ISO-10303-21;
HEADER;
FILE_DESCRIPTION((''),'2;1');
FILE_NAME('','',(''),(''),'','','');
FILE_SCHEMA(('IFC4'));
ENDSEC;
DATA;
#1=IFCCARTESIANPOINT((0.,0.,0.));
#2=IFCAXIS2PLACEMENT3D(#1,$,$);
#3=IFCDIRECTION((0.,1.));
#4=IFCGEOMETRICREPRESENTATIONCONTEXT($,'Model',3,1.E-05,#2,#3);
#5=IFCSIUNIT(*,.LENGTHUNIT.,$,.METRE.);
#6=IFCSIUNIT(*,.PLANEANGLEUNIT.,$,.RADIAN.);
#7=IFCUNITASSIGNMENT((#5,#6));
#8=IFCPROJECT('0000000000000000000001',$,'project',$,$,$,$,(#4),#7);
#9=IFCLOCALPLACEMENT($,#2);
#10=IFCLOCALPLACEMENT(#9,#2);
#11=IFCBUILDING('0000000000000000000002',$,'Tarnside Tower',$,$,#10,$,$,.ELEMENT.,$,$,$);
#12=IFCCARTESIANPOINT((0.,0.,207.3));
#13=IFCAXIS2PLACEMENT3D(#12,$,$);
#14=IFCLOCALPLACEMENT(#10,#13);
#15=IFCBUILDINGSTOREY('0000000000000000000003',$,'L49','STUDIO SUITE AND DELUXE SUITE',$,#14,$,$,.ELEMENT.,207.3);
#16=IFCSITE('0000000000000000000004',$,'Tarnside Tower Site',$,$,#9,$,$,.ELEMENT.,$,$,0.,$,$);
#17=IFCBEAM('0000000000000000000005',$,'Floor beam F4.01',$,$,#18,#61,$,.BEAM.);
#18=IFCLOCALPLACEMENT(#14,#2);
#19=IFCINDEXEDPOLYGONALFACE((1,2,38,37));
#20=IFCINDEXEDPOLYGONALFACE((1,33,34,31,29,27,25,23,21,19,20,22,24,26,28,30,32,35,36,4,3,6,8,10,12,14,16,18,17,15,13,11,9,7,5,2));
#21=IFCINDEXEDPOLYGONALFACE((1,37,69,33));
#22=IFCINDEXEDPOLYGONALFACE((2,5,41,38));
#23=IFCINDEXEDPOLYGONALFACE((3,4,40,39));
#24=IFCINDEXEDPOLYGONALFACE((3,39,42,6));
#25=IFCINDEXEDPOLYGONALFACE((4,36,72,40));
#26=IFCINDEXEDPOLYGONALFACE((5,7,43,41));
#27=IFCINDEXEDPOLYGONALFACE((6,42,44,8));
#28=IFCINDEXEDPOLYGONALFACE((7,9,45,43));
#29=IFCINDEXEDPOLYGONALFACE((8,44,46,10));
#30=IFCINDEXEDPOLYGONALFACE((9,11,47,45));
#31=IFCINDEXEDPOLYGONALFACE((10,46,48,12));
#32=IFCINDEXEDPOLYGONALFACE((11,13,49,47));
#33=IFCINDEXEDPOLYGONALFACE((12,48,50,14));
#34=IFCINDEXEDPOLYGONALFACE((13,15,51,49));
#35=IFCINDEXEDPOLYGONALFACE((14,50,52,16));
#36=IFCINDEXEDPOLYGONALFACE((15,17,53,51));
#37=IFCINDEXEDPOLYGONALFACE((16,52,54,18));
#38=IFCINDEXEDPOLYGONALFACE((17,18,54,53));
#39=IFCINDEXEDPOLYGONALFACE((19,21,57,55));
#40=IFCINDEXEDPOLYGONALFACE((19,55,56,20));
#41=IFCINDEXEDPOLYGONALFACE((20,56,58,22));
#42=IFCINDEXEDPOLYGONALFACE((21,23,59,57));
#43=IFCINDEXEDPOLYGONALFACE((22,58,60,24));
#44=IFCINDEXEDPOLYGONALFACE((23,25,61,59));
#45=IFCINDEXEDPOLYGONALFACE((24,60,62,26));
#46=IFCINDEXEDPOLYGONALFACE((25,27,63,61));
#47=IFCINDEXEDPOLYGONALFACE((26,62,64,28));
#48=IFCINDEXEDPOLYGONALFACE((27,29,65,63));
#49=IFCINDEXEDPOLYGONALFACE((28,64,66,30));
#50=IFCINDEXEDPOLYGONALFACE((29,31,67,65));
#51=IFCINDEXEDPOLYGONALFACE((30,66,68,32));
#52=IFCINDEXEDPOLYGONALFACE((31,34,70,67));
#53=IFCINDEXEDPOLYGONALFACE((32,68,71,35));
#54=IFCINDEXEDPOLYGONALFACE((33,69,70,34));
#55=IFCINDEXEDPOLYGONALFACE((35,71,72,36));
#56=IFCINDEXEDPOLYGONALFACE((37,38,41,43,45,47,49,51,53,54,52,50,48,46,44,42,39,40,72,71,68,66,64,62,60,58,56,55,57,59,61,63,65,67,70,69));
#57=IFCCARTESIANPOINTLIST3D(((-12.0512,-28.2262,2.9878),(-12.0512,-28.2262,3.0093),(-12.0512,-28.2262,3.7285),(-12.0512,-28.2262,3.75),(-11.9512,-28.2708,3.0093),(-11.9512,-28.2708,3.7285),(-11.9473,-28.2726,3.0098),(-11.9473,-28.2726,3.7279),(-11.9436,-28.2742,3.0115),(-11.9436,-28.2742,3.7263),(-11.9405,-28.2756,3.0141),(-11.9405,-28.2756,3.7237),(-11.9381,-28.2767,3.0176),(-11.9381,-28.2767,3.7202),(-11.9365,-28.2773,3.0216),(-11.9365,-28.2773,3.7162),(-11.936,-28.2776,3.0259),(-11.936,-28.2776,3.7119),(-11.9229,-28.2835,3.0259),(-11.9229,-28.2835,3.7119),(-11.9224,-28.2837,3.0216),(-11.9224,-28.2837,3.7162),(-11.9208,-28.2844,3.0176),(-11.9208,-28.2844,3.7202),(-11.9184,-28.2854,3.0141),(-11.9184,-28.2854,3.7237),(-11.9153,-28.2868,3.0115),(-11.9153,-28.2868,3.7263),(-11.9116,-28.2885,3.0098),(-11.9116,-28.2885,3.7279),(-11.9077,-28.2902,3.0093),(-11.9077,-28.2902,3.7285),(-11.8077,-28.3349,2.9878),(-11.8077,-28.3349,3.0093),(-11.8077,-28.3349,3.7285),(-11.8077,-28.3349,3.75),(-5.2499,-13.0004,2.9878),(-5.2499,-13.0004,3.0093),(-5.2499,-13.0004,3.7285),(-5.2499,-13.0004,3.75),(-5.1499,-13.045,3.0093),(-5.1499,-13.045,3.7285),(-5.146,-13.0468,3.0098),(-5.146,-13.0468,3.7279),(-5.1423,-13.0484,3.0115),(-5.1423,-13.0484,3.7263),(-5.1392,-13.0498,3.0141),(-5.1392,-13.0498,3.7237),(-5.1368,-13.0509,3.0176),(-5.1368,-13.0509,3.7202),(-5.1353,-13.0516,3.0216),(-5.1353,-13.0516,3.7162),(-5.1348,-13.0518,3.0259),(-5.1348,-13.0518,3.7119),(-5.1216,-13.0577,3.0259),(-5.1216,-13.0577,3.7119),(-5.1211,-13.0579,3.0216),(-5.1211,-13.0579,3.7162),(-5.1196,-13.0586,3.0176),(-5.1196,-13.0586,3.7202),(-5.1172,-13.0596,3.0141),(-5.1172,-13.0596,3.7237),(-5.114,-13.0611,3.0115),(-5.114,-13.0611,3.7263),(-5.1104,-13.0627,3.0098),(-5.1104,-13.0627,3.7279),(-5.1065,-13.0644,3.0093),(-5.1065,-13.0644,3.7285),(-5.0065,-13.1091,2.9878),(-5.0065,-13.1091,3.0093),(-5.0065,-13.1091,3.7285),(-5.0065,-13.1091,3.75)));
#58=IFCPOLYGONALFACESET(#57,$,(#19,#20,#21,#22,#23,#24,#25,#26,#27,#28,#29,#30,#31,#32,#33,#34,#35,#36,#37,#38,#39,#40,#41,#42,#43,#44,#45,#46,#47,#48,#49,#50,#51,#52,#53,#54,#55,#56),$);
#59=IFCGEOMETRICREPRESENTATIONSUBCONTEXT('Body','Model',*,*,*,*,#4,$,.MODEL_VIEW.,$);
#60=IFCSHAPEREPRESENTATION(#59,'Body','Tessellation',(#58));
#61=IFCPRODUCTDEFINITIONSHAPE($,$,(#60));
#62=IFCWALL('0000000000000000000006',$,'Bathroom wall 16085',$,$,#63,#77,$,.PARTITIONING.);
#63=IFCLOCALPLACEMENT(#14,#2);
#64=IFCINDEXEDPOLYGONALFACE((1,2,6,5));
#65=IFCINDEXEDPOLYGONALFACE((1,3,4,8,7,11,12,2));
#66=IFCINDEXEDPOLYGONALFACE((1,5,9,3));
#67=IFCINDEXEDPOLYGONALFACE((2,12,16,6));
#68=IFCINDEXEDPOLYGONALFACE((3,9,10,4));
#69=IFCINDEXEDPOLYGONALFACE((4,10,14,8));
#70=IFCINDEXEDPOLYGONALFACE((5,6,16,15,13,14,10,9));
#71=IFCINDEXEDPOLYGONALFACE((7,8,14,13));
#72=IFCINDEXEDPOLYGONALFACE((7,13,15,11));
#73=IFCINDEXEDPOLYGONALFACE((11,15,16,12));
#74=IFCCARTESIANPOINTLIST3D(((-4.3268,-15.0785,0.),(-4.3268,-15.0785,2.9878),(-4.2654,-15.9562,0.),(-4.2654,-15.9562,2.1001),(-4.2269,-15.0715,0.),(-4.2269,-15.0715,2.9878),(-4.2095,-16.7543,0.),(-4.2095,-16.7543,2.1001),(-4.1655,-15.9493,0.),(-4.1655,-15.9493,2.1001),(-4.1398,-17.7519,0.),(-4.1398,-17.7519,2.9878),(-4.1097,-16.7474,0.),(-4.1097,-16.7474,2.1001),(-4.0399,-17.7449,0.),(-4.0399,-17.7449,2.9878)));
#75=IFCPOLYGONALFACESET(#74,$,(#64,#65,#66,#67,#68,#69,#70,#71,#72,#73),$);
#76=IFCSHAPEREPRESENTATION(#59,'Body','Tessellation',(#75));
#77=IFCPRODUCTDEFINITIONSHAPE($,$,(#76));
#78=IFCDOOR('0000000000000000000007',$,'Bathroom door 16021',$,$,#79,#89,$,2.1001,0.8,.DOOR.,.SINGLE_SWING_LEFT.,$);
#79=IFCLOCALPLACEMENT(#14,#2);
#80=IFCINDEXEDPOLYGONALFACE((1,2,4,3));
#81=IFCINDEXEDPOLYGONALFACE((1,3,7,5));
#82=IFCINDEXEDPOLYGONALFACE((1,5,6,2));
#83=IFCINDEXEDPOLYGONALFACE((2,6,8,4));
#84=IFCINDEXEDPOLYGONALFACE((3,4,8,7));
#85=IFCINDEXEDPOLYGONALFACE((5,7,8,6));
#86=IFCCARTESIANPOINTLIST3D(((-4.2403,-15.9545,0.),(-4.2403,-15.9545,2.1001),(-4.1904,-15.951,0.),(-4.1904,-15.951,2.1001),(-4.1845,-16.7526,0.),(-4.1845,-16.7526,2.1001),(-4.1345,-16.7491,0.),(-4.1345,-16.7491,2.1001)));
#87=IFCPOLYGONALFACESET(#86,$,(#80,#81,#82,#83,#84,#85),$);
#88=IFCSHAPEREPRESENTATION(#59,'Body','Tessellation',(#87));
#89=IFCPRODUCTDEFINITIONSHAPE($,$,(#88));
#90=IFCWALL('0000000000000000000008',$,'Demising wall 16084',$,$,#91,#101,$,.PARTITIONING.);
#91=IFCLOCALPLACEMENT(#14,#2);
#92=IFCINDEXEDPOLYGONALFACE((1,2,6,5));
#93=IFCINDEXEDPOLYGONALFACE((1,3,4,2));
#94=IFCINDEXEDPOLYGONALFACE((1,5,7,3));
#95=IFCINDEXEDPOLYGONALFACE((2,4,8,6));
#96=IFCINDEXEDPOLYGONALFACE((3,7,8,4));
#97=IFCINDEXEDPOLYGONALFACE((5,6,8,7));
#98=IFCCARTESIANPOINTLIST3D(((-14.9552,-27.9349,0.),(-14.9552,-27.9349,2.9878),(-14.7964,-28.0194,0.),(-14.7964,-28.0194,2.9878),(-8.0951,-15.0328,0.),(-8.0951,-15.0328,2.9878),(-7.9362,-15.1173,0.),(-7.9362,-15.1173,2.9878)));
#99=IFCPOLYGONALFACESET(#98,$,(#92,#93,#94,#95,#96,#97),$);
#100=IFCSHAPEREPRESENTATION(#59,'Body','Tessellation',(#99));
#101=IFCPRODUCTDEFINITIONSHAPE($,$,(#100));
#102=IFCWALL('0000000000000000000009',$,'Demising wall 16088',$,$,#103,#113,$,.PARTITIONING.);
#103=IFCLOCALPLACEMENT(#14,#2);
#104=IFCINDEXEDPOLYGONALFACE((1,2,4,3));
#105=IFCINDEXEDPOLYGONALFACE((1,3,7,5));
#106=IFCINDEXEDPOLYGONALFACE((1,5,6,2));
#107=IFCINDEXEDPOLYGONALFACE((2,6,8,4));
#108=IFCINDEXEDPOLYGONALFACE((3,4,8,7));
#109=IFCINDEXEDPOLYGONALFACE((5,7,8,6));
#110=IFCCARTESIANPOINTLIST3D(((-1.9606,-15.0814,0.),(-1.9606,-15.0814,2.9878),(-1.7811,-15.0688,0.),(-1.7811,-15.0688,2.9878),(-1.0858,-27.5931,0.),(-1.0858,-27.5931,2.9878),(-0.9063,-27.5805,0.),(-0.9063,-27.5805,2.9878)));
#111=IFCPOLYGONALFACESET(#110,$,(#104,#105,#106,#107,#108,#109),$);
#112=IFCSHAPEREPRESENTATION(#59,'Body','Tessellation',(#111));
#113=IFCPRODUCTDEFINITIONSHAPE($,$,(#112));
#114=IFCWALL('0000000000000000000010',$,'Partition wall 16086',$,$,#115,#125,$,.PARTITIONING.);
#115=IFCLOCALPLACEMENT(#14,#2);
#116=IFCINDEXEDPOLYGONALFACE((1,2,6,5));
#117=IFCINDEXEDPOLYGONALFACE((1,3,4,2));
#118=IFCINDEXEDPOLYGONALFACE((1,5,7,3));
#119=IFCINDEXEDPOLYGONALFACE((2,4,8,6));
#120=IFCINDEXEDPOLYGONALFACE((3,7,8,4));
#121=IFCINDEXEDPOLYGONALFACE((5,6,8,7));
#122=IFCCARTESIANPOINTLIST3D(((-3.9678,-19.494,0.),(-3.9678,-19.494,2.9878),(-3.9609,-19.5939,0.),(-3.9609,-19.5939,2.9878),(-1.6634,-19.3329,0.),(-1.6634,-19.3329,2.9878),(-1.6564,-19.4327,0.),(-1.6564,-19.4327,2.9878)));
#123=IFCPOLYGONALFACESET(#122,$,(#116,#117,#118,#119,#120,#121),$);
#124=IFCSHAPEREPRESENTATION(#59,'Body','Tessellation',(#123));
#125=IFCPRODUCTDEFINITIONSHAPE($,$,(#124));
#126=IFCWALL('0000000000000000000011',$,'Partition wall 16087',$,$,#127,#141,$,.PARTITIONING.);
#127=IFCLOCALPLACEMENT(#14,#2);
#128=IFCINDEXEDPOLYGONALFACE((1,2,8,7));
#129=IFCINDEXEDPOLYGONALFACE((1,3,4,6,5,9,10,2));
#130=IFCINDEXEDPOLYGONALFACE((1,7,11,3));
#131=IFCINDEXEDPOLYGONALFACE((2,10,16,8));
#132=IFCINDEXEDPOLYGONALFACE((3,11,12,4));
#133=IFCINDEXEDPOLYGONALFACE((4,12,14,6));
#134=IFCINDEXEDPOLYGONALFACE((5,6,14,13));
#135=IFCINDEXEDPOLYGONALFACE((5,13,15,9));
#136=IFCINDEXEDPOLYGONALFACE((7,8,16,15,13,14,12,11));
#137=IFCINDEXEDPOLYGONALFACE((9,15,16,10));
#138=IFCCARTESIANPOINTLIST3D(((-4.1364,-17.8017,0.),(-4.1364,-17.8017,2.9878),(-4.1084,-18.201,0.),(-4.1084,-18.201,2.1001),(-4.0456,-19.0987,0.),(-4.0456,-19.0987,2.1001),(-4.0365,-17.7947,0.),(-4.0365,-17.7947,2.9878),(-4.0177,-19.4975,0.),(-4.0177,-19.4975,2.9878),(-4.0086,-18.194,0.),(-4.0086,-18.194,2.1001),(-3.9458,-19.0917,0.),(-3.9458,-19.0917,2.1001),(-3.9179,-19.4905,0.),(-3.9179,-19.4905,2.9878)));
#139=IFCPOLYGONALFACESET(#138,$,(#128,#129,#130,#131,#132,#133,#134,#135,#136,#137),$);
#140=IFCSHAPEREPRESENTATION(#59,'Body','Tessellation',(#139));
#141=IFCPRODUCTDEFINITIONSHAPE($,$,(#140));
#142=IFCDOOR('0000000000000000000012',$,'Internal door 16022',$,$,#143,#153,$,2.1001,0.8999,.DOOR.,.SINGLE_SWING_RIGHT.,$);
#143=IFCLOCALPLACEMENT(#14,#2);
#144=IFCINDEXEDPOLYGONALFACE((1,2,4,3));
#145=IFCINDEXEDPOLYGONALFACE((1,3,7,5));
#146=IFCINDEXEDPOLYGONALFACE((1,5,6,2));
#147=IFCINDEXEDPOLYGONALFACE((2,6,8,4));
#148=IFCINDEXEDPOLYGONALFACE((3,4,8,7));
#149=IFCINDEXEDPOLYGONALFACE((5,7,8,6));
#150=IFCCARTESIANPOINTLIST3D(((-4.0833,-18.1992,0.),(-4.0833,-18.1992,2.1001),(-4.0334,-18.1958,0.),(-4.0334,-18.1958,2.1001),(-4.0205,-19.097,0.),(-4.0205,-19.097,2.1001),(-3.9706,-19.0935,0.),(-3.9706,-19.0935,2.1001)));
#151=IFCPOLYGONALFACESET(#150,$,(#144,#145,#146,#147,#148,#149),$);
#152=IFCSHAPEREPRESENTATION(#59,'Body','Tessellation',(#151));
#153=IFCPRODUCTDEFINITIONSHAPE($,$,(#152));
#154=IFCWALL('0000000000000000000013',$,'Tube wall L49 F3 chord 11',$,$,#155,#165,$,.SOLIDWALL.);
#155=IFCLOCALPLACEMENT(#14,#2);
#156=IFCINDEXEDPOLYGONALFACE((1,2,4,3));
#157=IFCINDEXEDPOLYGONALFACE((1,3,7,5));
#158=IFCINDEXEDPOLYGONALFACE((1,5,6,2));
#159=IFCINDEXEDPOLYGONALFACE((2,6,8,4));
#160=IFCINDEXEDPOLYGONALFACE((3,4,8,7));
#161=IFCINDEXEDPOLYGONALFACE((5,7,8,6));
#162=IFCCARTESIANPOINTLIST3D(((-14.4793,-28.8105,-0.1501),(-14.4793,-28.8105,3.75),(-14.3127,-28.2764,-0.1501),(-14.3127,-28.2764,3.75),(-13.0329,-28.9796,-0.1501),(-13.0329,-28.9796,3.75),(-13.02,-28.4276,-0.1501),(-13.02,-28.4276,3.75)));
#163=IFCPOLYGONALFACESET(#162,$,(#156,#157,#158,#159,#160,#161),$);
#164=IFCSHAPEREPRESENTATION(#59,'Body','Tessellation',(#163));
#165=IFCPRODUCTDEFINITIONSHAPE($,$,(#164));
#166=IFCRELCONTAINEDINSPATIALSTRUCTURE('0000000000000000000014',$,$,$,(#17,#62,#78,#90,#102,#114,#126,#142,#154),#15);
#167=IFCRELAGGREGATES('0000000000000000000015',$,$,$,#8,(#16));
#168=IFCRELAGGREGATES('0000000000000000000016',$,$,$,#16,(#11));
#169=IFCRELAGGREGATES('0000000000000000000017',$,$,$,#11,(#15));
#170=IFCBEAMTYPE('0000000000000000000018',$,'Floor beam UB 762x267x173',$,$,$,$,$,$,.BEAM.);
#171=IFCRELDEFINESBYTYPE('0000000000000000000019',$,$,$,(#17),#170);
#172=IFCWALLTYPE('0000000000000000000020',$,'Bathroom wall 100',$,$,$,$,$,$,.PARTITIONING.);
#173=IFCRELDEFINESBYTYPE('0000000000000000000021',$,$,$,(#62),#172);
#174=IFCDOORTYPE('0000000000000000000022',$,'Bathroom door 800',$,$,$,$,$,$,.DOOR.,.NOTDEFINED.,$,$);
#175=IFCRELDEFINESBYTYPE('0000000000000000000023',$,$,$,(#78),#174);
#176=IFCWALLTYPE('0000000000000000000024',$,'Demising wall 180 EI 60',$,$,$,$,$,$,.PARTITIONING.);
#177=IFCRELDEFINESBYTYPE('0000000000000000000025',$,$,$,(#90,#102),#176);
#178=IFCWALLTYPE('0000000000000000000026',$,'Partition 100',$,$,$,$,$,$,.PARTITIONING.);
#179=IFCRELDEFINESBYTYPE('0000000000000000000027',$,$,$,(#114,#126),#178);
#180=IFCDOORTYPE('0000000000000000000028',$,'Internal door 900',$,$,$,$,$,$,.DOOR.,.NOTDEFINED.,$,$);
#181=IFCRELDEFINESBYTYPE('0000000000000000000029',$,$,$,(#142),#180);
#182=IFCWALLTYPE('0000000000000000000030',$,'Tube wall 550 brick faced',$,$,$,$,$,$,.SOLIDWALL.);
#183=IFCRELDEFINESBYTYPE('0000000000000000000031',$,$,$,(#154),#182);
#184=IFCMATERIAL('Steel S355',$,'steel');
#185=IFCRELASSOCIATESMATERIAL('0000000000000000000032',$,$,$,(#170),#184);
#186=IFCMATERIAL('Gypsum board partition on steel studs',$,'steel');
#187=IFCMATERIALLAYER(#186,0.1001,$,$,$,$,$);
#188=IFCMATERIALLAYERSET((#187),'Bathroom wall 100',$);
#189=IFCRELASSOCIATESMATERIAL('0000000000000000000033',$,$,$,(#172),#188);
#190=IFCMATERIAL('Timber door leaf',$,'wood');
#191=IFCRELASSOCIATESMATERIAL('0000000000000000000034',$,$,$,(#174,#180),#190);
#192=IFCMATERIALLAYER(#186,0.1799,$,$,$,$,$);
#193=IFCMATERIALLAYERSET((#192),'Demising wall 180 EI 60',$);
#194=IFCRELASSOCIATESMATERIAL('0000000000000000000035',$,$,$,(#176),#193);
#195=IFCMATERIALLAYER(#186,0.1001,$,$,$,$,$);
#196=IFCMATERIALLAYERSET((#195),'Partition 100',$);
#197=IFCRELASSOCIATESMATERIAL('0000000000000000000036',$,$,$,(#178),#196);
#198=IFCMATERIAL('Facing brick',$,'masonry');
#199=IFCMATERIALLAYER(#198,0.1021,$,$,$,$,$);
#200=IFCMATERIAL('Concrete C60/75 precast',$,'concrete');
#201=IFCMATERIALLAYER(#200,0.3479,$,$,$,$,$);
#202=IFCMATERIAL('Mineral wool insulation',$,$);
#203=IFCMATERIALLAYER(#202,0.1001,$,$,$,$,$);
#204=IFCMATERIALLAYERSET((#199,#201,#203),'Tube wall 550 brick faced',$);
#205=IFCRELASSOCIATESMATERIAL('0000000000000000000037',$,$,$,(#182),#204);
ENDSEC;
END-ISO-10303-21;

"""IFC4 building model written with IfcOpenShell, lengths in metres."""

from ifc_helpers import new_model, si_unit, direction, frame, frame_2d, origin, origin_2d, place, context, subcontext, project, spatial, polyline, rectangle, i_section, outline, extrude, material, layer, layer_set, material_profile, profile_set, type_object, element, fill, save


model = new_model("IFC4")

# Units and contexts
model_context = context("Model", 3, precision=1e-05, world=origin(), true_north=direction((0.0, 1.0)))
body_context = subcontext(model_context, "Body", "Model", "MODEL_VIEW")
ifc_project = project(units=[si_unit("LENGTHUNIT", "METRE"), si_unit("PLANEANGLEUNIT", "RADIAN")], contexts=[model_context])

# Site, building, storey
site_placement = place(None, origin())
site = spatial("IfcSite", under=ifc_project, at=site_placement, Name="Tarnside Tower Site", CompositionType="ELEMENT", RefElevation=0.0)
building_placement = place(site_placement, origin())
building = spatial("IfcBuilding", under=site, at=building_placement, Name="Tarnside Tower", CompositionType="ELEMENT")
storey_placement = place(building_placement, frame((0.0, 0.0, 207.3)))
storey = spatial("IfcBuildingStorey", under=building, at=storey_placement, Name="L49", Description="STUDIO SUITE AND DELUXE SUITE", CompositionType="ELEMENT", Elevation=207.3)

# Beam
ifc_material_1 = material(Name="Steel S355", Category="steel")
ifc_material_profile_1 = material_profile(ifc_material_1, i_section(OverallWidth=0.2666, OverallDepth=0.7622, WebThickness=0.0144, FlangeThickness=0.0215, FilletRadius=0.0166, at=origin_2d()), Name="UB 762x267x173")
ifc_profile_set_1 = profile_set([ifc_material_profile_1], Name="Steel S355")
beam_type_1 = type_object("IfcBeamType", Name="Floor beam UB 762x267x173", PredefinedType="BEAM", material=ifc_profile_set_1)
beam_1_placement = place(storey_placement, frame((-11.9294, -28.2805, 3.3689), z_axis=(0.407852, 0.913048, 0.0), x_axis=(-0.913048, 0.407852, 0.0)))
element("IfcBeam", 1, at=beam_1_placement, inside=storey, type_object=beam_type_1, Name="Floor beam F4.01", PredefinedType="BEAM", context=body_context, shape_type="SweptSolid", body=[
    extrude(i_section(OverallWidth=0.2666, OverallDepth=0.7622, WebThickness=0.0144, FlangeThickness=0.0215, FilletRadius=0.0166, at=origin_2d()), origin(), (0.0, 0.0, 1.0), 16.6758),
])

# Wall, opening, door
ifc_material_2 = material(Name="Gypsum board partition on steel studs", Category="steel")
ifc_layer_1 = layer(ifc_material_2, 0.1001)
ifc_layer_set_1 = layer_set([ifc_layer_1], Name="Bathroom wall 100")
wall_type_1 = type_object("IfcWallType", Name="Bathroom wall 100", PredefinedType="PARTITIONING", material=ifc_layer_set_1)
wall_1_placement = place(storey_placement, frame((-4.0898, -17.7483, 0.0), z_axis=(0.0, 0.0, 1.0), x_axis=(-0.069784, 0.997562, 0.0)))
wall_1 = element("IfcWall", 2, at=wall_1_placement, inside=storey, type_object=wall_type_1, Name="Bathroom wall 16085", PredefinedType="PARTITIONING", context=body_context, shape_type="SweptSolid", body=[
    extrude(rectangle(XDim=2.6799, YDim=0.1001, at=frame_2d((1.3398, 0.0))), origin(), (0.0, 0.0, 1.0), 2.9878),
])
opening_1_placement = place(wall_1_placement, frame((1.0, 0.0, 0.0)))
opening_1 = element("IfcOpeningElement", 3, at=opening_1_placement, cuts=wall_1, PredefinedType="OPENING", context=body_context, shape_type="SweptSolid", body=[
    extrude(rectangle(XDim=0.8, YDim=2.1001, at=frame_2d((0.3999, 1.05))), frame((0.0, 0.0601, 0.0), z_axis=(0.0, -1.0, 0.0), x_axis=(1.0, 0.0, 0.0)), (0.0, 0.0, 1.0), 0.1201),
])
ifc_material_3 = material(Name="Timber door leaf", Category="wood")
door_type_1 = type_object("IfcDoorType", Name="Bathroom door 800", OperationType="NOTDEFINED", PredefinedType="DOOR", material=ifc_material_3)
door_1_placement = place(opening_1_placement, origin())
door_1 = element("IfcDoor", 4, at=door_1_placement, inside=storey, type_object=door_type_1, Name="Bathroom door 16021", OperationType="SINGLE_SWING_LEFT", OverallHeight=2.1001, OverallWidth=0.8, PredefinedType="DOOR", context=body_context, shape_type="SweptSolid", body=[
    extrude(rectangle(XDim=0.8, YDim=2.1001, at=frame_2d((0.3999, 1.05))), frame((0.0, 0.0249, 0.0), z_axis=(0.0, -1.0, 0.0), x_axis=(1.0, 0.0, 0.0)), (0.0, 0.0, 1.0), 0.05),
])
fill(opening_1, door_1)

# Walls
ifc_layer_2 = layer(ifc_material_2, 0.1799)
ifc_layer_set_2 = layer_set([ifc_layer_2], Name="Demising wall 180 EI 60")
wall_type_2 = type_object("IfcWallType", Name="Demising wall 180 EI 60", PredefinedType="PARTITIONING", material=ifc_layer_set_2)
wall_2_placement = place(storey_placement, frame((-14.8757, -27.9771, 0.0), z_axis=(0.0, 0.0, 1.0), x_axis=(0.469468, 0.882949, 0.0)))
element("IfcWall", 5, at=wall_2_placement, inside=storey, type_object=wall_type_2, Name="Demising wall 16084", PredefinedType="PARTITIONING", context=body_context, shape_type="SweptSolid", body=[
    extrude(rectangle(XDim=14.6125, YDim=0.1799, at=frame_2d((7.3062, 0.0))), origin(), (0.0, 0.0, 1.0), 2.9878),
])
wall_3_placement = place(storey_placement, frame((-0.9961, -27.5867, 0.0), z_axis=(0.0, 0.0, 1.0), x_axis=(-0.069745, 0.997565, 0.0)))
element("IfcWall", 6, at=wall_3_placement, inside=storey, type_object=wall_type_2, Name="Demising wall 16088", PredefinedType="PARTITIONING", context=body_context, shape_type="SweptSolid", body=[
    extrude(rectangle(XDim=12.5422, YDim=0.1799, at=frame_2d((6.271, 0.0))), origin(), (0.0, 0.0, 1.0), 2.9878),
])
ifc_layer_3 = layer(ifc_material_2, 0.1001)
ifc_layer_set_3 = layer_set([ifc_layer_3], Name="Partition 100")
wall_type_3 = type_object("IfcWallType", Name="Partition 100", PredefinedType="PARTITIONING", material=ifc_layer_set_3)
wall_4_placement = place(storey_placement, frame((-1.6599, -19.3828, 0.0), z_axis=(0.0, 0.0, 1.0), x_axis=(-0.997564, -0.069752, 0.0)))
element("IfcWall", 7, at=wall_4_placement, inside=storey, type_object=wall_type_3, Name="Partition wall 16086", PredefinedType="PARTITIONING", context=body_context, shape_type="SweptSolid", body=[
    extrude(rectangle(XDim=2.3101, YDim=0.1001, at=frame_2d((1.155, 0.0))), origin(), (0.0, 0.0, 1.0), 2.9878),
])

# Wall, opening, door
wall_5_placement = place(storey_placement, frame((-3.9678, -19.4941, 0.0), z_axis=(0.0, 0.0, 1.0), x_axis=(-0.069798, 0.997561, 0.0)))
wall_5 = element("IfcWall", 8, at=wall_5_placement, inside=storey, type_object=wall_type_3, Name="Partition wall 16087", PredefinedType="PARTITIONING", context=body_context, shape_type="SweptSolid", body=[
    extrude(rectangle(XDim=1.7, YDim=0.1001, at=frame_2d((0.8501, 0.0))), origin(), (0.0, 0.0, 1.0), 2.9878),
])
opening_2_placement = place(wall_5_placement, frame((0.3999, 0.0, 0.0)))
opening_2 = element("IfcOpeningElement", 9, at=opening_2_placement, cuts=wall_5, PredefinedType="OPENING", context=body_context, shape_type="SweptSolid", body=[
    extrude(rectangle(XDim=0.8999, YDim=2.1001, at=frame_2d((0.45, 1.05))), frame((0.0, 0.0601, 0.0), z_axis=(0.0, -1.0, 0.0), x_axis=(1.0, 0.0, 0.0)), (0.0, 0.0, 1.0), 0.1201),
])
door_type_2 = type_object("IfcDoorType", Name="Internal door 900", OperationType="NOTDEFINED", PredefinedType="DOOR", material=ifc_material_3)
door_2_placement = place(opening_2_placement, origin())
door_2 = element("IfcDoor", 10, at=door_2_placement, inside=storey, type_object=door_type_2, Name="Internal door 16022", OperationType="SINGLE_SWING_RIGHT", OverallHeight=2.1001, OverallWidth=0.8999, PredefinedType="DOOR", context=body_context, shape_type="SweptSolid", body=[
    extrude(rectangle(XDim=0.8999, YDim=2.1001, at=frame_2d((0.45, 1.05))), frame((0.0, 0.0249, 0.0), z_axis=(0.0, -1.0, 0.0), x_axis=(1.0, 0.0, 0.0)), (0.0, 0.0, 1.0), 0.05),
])
fill(opening_2, door_2)

# Wall
ifc_material_4 = material(Name="Facing brick", Category="masonry")
ifc_layer_4 = layer(ifc_material_4, 0.1021)
ifc_material_5 = material(Name="Concrete C60/75 precast", Category="concrete")
ifc_layer_5 = layer(ifc_material_5, 0.3479)
ifc_material_6 = material(Name="Mineral wool insulation")
ifc_layer_6 = layer(ifc_material_6, 0.1001)
ifc_layer_set_4 = layer_set([ifc_layer_4, ifc_layer_5, ifc_layer_6], Name="Tube wall 550 brick faced")
wall_type_4 = type_object("IfcWallType", Name="Tube wall 550 brick faced", PredefinedType="SOLIDWALL", material=ifc_layer_set_4)
wall_6_placement = place(storey_placement, frame((-14.396, -28.5435, -0.1501), z_axis=(0.0, 0.0, 1.0), x_axis=(0.993233, -0.116143, 0.0)))
element("IfcWall", 11, at=wall_6_placement, inside=storey, type_object=wall_type_4, Name="Tube wall L49 F3 chord 11", PredefinedType="SOLIDWALL", context=body_context, shape_type="SweptSolid", body=[
    extrude(outline(polyline([(-0.0518, -0.2749), (1.4045, -0.2749), (1.3533, 0.2749), (0.0518, 0.2749), (-0.0518, -0.2749)])), origin(), (0.0, 0.0, 1.0), 3.9001),
])

save(model, "model.ifc")
